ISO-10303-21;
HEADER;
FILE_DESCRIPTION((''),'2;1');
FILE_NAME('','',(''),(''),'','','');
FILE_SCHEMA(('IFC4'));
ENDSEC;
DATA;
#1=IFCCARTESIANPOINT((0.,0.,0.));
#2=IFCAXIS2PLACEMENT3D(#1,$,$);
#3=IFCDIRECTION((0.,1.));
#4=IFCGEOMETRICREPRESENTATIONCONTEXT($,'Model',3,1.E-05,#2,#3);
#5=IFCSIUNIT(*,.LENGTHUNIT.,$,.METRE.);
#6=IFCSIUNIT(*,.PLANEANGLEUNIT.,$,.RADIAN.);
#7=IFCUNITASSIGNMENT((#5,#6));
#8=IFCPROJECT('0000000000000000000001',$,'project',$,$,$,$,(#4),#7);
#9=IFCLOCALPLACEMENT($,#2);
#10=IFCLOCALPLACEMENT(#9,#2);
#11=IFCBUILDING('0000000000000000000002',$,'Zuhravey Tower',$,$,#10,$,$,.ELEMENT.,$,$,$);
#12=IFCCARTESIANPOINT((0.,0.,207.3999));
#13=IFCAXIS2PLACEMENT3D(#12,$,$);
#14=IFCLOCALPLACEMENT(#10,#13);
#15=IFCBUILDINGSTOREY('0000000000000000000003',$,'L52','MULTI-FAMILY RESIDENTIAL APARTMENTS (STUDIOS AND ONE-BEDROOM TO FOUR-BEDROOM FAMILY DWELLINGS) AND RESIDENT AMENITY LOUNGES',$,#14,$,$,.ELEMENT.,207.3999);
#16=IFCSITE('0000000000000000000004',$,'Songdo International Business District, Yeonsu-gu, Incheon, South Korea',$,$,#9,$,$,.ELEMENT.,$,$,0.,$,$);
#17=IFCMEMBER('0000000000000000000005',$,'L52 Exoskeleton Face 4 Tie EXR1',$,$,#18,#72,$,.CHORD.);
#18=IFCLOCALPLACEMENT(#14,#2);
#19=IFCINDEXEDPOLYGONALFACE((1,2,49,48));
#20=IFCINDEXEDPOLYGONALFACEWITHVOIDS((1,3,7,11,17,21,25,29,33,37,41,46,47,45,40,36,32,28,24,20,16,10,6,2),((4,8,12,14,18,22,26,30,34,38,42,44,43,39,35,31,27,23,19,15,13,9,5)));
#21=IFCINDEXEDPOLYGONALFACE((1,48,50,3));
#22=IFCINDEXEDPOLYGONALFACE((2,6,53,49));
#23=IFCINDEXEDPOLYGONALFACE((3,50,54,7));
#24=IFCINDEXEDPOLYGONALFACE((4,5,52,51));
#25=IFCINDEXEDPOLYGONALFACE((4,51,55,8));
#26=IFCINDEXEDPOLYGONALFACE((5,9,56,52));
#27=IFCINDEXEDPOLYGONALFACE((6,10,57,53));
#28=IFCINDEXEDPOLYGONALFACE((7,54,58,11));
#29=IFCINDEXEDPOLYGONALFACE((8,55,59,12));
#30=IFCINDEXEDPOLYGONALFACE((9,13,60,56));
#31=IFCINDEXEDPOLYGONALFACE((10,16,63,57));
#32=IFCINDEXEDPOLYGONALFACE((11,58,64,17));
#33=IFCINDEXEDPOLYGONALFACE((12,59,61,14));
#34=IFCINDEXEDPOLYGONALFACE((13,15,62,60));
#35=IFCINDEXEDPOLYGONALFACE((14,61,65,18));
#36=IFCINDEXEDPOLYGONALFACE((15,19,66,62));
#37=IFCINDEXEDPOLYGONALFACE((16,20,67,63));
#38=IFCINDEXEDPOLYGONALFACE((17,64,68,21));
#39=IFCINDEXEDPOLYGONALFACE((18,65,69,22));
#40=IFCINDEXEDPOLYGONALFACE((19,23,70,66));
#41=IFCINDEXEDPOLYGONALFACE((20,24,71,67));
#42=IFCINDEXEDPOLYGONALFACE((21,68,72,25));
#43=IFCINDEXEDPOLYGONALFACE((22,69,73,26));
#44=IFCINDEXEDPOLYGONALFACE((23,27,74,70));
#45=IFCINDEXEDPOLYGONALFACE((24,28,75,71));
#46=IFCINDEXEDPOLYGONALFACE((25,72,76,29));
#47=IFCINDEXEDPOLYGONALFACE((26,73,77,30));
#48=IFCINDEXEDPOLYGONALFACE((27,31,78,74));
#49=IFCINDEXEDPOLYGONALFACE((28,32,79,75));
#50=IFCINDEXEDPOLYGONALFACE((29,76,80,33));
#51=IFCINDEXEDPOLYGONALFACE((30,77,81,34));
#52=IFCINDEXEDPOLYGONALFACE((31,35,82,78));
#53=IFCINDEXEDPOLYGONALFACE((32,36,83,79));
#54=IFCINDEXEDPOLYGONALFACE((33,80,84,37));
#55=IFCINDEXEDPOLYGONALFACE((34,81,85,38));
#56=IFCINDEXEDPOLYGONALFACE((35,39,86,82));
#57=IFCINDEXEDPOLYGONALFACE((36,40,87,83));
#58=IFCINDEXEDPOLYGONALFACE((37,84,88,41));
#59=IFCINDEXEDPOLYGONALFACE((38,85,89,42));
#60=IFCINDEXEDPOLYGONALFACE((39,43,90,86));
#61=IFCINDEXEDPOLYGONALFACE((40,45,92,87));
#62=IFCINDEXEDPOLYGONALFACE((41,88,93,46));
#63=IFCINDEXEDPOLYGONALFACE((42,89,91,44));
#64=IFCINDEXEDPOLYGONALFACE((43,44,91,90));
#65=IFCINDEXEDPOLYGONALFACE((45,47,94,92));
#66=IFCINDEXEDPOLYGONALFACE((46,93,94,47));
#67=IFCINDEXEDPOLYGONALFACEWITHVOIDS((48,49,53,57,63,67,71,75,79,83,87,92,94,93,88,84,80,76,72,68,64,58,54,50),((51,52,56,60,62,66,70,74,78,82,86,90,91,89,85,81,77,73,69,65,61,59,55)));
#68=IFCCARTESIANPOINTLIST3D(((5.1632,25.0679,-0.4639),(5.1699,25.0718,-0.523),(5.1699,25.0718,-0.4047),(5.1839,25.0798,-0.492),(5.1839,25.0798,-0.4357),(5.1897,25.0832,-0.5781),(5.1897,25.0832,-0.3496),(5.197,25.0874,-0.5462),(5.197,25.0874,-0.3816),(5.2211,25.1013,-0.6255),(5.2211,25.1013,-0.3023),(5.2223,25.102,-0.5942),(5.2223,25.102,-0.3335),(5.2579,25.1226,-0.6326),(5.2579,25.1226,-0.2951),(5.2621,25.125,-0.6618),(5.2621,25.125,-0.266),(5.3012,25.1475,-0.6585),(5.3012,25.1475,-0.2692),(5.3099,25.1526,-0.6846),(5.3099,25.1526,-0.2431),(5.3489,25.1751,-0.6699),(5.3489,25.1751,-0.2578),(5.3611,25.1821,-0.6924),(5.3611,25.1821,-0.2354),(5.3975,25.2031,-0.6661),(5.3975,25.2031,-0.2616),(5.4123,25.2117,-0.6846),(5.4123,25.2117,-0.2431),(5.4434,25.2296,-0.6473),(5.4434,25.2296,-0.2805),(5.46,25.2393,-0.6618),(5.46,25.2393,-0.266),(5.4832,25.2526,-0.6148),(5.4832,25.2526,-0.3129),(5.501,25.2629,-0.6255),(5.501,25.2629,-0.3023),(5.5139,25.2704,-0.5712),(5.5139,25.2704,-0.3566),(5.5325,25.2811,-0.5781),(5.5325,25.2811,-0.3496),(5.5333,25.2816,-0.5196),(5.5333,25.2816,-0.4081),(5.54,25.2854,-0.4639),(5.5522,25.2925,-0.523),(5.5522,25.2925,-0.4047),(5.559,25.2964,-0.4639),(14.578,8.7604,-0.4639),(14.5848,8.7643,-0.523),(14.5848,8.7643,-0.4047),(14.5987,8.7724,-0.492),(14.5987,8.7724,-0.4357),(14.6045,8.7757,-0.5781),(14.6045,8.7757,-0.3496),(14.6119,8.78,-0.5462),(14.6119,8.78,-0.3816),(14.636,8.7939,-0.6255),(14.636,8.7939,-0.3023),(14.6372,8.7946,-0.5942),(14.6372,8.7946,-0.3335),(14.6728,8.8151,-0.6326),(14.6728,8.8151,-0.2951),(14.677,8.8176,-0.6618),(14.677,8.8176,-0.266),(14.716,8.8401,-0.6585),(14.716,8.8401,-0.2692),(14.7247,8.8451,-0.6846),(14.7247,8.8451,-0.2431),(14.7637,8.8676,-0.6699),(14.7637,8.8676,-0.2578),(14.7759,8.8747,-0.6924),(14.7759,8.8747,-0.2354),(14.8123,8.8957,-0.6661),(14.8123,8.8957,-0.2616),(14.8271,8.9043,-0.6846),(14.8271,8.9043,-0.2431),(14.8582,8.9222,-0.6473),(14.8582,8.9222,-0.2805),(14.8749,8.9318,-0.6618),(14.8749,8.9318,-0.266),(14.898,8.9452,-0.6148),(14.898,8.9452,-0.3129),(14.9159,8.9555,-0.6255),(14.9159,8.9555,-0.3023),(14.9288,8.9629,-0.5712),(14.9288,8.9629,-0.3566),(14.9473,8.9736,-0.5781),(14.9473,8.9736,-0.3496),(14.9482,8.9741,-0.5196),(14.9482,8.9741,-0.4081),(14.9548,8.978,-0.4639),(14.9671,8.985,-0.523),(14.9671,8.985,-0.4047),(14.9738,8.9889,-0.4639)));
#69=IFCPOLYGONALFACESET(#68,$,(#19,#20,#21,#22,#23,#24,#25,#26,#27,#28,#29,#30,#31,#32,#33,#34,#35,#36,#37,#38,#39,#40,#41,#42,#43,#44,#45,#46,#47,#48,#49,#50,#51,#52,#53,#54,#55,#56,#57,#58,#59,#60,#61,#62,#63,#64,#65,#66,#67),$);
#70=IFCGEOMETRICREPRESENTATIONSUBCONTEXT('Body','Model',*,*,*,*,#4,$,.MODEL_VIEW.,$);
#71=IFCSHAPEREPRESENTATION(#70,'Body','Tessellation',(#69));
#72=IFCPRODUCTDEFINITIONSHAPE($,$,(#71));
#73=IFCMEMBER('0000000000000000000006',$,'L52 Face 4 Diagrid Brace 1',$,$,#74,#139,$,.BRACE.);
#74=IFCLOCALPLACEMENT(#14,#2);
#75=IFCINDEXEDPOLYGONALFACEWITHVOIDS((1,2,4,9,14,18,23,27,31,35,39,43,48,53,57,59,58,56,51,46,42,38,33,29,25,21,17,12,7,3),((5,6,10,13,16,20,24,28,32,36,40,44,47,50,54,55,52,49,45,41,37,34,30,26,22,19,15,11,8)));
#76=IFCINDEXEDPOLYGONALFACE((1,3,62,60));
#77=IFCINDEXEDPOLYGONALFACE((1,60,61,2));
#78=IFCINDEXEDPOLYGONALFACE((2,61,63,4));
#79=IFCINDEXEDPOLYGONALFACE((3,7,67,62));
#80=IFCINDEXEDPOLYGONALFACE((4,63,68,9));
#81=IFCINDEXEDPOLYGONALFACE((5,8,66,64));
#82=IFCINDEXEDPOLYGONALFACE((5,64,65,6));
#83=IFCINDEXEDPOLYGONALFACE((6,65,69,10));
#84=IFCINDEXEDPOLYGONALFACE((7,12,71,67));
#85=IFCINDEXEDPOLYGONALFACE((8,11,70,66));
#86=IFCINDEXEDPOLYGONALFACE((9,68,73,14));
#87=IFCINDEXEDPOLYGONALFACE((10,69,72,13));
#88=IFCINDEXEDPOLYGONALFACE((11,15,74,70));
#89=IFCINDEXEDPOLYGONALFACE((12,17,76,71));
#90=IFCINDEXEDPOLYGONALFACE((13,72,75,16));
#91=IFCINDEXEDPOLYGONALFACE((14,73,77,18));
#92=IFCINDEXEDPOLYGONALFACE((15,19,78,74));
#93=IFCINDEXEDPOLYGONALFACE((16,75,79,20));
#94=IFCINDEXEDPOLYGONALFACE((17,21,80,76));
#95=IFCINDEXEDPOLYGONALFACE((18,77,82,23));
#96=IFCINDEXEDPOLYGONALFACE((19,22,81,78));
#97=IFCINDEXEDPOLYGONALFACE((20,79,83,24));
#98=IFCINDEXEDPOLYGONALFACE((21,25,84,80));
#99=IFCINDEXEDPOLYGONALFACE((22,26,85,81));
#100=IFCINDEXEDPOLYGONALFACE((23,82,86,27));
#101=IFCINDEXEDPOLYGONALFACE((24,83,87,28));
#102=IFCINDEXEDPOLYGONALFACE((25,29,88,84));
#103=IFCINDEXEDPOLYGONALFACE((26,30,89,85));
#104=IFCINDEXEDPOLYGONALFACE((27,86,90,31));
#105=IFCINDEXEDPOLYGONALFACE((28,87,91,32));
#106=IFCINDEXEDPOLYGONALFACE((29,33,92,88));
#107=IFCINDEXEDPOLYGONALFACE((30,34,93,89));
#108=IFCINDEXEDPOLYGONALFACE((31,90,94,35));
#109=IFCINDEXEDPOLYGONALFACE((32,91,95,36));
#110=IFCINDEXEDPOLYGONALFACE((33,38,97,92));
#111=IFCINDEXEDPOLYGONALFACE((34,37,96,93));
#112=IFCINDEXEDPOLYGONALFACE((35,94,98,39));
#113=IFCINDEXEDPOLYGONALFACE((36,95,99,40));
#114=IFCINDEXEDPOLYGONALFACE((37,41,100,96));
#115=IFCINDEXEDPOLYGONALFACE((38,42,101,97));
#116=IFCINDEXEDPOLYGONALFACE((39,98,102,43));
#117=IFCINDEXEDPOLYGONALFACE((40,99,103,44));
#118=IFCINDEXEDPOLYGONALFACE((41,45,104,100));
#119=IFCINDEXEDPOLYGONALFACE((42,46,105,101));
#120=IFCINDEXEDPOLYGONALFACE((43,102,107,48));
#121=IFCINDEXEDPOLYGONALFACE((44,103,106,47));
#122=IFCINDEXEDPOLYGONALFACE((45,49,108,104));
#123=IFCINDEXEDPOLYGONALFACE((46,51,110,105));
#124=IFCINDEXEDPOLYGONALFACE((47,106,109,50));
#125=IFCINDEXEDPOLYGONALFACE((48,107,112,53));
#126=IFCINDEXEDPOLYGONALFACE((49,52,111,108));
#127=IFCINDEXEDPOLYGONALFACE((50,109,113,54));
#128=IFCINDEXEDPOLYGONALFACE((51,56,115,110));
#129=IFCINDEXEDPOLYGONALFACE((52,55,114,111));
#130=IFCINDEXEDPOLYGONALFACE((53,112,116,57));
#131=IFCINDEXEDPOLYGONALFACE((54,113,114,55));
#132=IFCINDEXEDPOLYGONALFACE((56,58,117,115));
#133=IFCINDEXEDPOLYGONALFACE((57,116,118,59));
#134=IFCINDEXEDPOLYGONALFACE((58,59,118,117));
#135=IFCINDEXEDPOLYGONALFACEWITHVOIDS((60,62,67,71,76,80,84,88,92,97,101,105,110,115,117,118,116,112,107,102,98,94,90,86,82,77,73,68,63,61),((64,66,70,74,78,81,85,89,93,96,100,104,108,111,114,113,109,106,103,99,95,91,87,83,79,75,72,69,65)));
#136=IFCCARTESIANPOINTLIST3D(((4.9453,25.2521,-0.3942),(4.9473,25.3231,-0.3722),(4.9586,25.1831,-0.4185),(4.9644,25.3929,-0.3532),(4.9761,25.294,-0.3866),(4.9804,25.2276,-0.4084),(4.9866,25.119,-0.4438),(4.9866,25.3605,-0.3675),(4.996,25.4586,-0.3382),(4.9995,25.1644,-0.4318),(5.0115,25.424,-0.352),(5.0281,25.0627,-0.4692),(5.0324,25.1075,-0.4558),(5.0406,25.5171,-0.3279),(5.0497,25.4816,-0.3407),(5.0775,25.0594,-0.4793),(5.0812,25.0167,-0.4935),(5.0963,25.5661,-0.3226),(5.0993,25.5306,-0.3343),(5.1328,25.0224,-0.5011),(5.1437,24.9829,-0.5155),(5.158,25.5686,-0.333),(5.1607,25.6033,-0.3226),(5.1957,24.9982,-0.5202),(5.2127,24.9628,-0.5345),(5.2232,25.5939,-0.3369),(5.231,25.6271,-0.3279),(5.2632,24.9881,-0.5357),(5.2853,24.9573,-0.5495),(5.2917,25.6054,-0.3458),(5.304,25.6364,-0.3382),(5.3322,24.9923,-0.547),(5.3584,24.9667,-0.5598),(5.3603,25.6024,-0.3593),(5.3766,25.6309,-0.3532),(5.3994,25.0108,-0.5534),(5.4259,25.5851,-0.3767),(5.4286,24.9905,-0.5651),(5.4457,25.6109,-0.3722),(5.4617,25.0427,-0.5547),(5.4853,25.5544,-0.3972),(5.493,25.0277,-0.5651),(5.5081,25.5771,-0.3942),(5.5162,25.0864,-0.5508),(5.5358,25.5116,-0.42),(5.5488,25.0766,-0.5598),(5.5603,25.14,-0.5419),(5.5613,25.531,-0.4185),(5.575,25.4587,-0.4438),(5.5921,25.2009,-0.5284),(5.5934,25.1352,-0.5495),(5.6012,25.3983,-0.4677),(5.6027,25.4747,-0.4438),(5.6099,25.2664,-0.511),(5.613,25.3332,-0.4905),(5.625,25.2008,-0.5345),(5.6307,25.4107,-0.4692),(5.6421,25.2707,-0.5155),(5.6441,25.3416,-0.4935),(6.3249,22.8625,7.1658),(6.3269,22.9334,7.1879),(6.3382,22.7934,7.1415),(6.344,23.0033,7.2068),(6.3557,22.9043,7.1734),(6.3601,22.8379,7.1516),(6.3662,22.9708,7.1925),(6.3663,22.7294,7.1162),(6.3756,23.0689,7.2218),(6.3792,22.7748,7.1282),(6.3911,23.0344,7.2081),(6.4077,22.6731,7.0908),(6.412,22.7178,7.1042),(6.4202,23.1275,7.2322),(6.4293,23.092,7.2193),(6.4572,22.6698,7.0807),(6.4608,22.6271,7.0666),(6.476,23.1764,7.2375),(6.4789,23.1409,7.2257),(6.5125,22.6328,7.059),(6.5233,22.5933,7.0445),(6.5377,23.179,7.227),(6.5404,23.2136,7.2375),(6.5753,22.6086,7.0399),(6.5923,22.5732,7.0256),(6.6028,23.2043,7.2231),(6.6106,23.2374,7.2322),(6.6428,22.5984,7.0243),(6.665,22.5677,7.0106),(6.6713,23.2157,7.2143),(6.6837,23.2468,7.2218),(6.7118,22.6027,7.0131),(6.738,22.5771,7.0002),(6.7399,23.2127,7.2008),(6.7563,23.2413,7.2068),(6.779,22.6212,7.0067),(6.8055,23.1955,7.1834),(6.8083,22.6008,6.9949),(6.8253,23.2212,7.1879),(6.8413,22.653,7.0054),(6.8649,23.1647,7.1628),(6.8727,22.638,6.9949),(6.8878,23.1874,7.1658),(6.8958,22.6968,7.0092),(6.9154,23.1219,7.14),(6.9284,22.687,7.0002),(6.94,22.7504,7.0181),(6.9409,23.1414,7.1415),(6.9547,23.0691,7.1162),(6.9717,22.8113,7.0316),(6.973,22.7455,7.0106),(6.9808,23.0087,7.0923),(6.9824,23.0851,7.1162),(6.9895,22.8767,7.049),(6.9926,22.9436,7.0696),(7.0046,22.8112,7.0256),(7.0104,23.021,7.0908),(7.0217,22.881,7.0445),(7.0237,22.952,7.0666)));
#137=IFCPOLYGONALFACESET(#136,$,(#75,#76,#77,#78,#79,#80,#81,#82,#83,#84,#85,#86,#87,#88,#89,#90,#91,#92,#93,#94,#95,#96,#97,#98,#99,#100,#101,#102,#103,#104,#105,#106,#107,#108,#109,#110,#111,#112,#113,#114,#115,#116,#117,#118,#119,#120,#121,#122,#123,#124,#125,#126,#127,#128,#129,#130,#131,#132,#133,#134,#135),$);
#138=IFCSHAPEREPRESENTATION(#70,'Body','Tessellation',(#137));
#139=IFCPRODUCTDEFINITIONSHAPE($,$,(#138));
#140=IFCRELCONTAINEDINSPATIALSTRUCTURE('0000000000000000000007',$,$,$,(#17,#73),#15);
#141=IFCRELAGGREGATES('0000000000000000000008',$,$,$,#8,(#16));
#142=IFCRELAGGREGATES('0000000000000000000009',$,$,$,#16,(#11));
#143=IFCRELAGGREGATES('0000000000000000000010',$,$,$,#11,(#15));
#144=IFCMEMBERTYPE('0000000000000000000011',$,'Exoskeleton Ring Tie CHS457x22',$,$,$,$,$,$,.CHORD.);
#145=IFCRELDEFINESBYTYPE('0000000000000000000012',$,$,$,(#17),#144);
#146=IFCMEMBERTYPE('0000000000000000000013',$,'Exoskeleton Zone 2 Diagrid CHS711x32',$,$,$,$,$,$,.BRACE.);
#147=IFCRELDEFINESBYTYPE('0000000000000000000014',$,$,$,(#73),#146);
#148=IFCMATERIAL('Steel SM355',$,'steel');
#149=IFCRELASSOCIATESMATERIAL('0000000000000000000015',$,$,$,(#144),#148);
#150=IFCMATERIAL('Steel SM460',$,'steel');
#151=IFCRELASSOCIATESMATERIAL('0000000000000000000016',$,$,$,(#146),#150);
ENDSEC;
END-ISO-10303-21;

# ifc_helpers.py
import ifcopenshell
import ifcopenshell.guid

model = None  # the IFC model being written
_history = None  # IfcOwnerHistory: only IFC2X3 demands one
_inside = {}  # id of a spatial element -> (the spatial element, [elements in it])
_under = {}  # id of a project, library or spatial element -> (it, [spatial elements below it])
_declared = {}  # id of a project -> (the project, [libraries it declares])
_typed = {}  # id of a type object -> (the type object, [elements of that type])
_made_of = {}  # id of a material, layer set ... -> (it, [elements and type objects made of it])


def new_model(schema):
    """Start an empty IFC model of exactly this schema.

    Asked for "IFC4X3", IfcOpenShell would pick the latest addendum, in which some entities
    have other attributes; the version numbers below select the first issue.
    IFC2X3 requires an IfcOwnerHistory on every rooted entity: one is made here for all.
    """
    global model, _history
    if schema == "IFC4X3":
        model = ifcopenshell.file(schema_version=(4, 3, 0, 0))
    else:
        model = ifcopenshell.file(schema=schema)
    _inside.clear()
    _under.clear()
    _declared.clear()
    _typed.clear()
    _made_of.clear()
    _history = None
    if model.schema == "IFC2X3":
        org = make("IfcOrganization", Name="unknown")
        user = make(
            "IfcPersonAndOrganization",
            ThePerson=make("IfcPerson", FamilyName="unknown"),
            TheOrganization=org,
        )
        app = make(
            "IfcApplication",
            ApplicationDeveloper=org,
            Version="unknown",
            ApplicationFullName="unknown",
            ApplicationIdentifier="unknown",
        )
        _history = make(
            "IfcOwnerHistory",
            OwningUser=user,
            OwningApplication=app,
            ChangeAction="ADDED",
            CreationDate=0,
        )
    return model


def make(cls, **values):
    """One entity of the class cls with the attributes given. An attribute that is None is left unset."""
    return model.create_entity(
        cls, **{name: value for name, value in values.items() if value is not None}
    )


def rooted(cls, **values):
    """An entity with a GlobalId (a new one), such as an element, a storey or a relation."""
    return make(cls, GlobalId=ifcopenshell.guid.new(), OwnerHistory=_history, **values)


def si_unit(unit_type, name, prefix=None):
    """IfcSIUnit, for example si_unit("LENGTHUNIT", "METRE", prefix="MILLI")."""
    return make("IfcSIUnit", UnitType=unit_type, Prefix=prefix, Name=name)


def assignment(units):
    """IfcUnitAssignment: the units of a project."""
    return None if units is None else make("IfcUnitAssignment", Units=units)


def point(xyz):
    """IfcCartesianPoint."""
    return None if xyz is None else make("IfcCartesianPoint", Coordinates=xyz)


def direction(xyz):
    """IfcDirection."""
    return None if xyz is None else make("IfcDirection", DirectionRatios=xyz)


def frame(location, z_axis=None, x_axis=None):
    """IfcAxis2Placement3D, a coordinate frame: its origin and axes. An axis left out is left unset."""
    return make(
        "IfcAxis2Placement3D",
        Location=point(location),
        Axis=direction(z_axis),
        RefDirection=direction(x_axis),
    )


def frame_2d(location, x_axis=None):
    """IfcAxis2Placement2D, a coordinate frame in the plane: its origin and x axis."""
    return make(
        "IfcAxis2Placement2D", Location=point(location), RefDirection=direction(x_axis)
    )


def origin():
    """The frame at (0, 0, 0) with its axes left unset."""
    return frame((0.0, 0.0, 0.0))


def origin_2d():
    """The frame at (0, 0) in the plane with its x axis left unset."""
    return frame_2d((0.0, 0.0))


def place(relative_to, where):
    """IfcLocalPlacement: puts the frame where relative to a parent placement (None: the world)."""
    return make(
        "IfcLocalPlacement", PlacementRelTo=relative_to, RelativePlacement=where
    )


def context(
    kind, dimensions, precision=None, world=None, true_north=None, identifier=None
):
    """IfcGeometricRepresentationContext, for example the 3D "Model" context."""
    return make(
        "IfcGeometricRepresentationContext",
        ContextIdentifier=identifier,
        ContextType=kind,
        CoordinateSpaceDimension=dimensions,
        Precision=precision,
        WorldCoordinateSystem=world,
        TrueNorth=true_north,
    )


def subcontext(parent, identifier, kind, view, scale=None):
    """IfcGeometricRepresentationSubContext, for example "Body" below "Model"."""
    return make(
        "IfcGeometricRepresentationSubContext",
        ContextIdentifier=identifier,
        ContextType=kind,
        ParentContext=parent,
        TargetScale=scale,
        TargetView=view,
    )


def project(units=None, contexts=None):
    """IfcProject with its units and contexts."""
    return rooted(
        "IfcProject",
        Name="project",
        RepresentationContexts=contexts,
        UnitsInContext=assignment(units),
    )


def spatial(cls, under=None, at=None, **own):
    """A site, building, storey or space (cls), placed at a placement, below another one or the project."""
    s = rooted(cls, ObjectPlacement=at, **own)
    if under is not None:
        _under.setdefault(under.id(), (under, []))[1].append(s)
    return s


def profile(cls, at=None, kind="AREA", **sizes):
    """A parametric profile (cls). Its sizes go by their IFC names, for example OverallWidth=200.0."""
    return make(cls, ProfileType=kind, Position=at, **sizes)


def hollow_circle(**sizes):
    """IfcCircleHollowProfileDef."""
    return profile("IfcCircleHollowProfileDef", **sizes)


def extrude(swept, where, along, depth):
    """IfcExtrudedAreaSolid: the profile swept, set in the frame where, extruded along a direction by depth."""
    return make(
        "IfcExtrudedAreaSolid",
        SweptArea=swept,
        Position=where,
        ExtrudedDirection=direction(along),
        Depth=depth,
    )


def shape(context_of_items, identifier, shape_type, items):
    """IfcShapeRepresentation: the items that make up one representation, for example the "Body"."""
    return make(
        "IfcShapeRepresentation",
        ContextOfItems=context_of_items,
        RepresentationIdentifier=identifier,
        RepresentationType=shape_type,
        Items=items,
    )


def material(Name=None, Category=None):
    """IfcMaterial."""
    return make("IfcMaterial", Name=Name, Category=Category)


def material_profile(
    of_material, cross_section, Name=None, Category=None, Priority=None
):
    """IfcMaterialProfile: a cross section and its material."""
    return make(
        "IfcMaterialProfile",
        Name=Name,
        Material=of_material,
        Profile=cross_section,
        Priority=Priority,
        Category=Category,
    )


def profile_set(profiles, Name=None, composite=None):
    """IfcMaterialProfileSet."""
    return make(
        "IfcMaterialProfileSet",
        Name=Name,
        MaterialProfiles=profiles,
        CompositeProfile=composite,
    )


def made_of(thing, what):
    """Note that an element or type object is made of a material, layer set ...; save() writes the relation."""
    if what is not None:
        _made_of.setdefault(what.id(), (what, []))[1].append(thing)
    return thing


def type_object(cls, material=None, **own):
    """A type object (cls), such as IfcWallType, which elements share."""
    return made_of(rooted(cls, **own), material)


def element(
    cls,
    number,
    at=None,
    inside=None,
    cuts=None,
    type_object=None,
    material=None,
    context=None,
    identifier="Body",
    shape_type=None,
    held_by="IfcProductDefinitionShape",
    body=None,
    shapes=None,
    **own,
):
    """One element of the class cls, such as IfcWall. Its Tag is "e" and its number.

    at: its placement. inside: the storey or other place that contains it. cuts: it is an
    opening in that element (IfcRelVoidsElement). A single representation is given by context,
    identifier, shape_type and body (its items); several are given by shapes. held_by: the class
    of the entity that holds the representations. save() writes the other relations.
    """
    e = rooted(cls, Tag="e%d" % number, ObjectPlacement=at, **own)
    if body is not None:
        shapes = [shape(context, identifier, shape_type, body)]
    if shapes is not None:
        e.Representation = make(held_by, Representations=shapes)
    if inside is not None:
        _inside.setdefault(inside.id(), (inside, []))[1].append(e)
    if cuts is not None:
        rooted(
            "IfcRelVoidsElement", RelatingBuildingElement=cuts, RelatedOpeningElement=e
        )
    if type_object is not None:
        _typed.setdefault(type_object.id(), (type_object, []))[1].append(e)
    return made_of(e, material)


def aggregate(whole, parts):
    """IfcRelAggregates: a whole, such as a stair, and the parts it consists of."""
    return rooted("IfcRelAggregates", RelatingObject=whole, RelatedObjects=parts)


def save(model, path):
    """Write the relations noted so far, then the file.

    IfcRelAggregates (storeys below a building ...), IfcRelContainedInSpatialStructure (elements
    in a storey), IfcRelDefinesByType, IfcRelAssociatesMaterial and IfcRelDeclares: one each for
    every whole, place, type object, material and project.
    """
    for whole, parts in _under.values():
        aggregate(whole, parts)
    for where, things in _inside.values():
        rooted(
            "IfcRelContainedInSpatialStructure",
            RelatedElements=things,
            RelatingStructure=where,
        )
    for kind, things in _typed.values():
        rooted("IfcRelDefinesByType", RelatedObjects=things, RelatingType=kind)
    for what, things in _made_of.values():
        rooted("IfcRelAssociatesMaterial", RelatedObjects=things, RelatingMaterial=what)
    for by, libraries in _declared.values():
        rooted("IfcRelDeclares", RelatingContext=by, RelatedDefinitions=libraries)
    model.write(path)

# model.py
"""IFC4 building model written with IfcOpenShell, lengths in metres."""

from ifc_helpers import new_model, si_unit, direction, frame, origin, origin_2d, place, context, subcontext, project, spatial, hollow_circle, extrude, material, material_profile, profile_set, type_object, element, save


model = new_model("IFC4")

# Units and contexts
model_context = context("Model", 3, precision=1e-05, world=origin(), true_north=direction((0.0, 1.0)))
body_context = subcontext(model_context, "Body", "Model", "MODEL_VIEW")
ifc_project = project(units=[si_unit("LENGTHUNIT", "METRE"), si_unit("PLANEANGLEUNIT", "RADIAN")], contexts=[model_context])

# Site, building, storey
site_placement = place(None, origin())
site = spatial("IfcSite", under=ifc_project, at=site_placement, Name="Songdo International Business District, Yeonsu-gu, Incheon, South Korea", CompositionType="ELEMENT", RefElevation=0.0)
building_placement = place(site_placement, origin())
building = spatial("IfcBuilding", under=site, at=building_placement, Name="Zuhravey Tower", CompositionType="ELEMENT")
storey_placement = place(building_placement, frame((0.0, 0.0, 207.3999)))
storey = spatial("IfcBuildingStorey", under=building, at=storey_placement, Name="L52", Description="MULTI-FAMILY RESIDENTIAL APARTMENTS (STUDIOS AND ONE-BEDROOM TO FOUR-BEDROOM FAMILY DWELLINGS) AND RESIDENT AMENITY LOUNGES", CompositionType="ELEMENT", Elevation=207.3999)

# Members
ifc_material_1 = material(Name="Steel SM355", Category="steel")
ifc_material_profile_1 = material_profile(ifc_material_1, hollow_circle(Radius=0.2285, WallThickness=0.022, at=origin_2d()), Name="CHS-457.2x22")
ifc_profile_set_1 = profile_set([ifc_material_profile_1], Name="Steel SM355")
member_type_1 = type_object("IfcMemberType", Name="Exoskeleton Ring Tie CHS457x22", PredefinedType="CHORD", material=ifc_profile_set_1)
member_1_placement = place(storey_placement, frame((5.3611, 25.1821, -0.4639), z_axis=(0.499989, -0.866032, 0.0), x_axis=(0.866032, 0.499989, 0.0)))
element("IfcMember", 1, at=member_1_placement, inside=storey, type_object=member_type_1, Name="L52 Exoskeleton Face 4 Tie EXR1", PredefinedType="CHORD", context=body_context, shape_type="SweptSolid", body=[
    extrude(hollow_circle(Radius=0.2285, WallThickness=0.022, at=origin_2d()), origin(), (0.0, 0.0, 1.0), 18.8301),
])
ifc_material_2 = material(Name="Steel SM460", Category="steel")
ifc_material_profile_2 = material_profile(ifc_material_2, hollow_circle(Radius=0.3557, WallThickness=0.032, at=origin_2d()), Name="CHS-711.2x32")
ifc_profile_set_2 = profile_set([ifc_material_profile_2], Name="Steel SM460")
member_type_2 = type_object("IfcMemberType", Name="Exoskeleton Zone 2 Diagrid CHS711x32", PredefinedType="BRACE", material=ifc_profile_set_2)
member_2_placement = place(storey_placement, frame((5.2947, 25.2969, -0.4438), z_axis=(0.171429, -0.296929, 0.939386), x_axis=(0.866029, 0.499993, 0.0)))
element("IfcMember", 2, at=member_2_placement, inside=storey, type_object=member_type_2, Name="L52 Face 4 Diagrid Brace 1", PredefinedType="BRACE", context=body_context, shape_type="SweptSolid", body=[
    extrude(hollow_circle(Radius=0.3557, WallThickness=0.032, at=origin_2d()), origin(), (0.0, 0.0, 1.0), 8.0479),
])

save(model, "model.ifc")
